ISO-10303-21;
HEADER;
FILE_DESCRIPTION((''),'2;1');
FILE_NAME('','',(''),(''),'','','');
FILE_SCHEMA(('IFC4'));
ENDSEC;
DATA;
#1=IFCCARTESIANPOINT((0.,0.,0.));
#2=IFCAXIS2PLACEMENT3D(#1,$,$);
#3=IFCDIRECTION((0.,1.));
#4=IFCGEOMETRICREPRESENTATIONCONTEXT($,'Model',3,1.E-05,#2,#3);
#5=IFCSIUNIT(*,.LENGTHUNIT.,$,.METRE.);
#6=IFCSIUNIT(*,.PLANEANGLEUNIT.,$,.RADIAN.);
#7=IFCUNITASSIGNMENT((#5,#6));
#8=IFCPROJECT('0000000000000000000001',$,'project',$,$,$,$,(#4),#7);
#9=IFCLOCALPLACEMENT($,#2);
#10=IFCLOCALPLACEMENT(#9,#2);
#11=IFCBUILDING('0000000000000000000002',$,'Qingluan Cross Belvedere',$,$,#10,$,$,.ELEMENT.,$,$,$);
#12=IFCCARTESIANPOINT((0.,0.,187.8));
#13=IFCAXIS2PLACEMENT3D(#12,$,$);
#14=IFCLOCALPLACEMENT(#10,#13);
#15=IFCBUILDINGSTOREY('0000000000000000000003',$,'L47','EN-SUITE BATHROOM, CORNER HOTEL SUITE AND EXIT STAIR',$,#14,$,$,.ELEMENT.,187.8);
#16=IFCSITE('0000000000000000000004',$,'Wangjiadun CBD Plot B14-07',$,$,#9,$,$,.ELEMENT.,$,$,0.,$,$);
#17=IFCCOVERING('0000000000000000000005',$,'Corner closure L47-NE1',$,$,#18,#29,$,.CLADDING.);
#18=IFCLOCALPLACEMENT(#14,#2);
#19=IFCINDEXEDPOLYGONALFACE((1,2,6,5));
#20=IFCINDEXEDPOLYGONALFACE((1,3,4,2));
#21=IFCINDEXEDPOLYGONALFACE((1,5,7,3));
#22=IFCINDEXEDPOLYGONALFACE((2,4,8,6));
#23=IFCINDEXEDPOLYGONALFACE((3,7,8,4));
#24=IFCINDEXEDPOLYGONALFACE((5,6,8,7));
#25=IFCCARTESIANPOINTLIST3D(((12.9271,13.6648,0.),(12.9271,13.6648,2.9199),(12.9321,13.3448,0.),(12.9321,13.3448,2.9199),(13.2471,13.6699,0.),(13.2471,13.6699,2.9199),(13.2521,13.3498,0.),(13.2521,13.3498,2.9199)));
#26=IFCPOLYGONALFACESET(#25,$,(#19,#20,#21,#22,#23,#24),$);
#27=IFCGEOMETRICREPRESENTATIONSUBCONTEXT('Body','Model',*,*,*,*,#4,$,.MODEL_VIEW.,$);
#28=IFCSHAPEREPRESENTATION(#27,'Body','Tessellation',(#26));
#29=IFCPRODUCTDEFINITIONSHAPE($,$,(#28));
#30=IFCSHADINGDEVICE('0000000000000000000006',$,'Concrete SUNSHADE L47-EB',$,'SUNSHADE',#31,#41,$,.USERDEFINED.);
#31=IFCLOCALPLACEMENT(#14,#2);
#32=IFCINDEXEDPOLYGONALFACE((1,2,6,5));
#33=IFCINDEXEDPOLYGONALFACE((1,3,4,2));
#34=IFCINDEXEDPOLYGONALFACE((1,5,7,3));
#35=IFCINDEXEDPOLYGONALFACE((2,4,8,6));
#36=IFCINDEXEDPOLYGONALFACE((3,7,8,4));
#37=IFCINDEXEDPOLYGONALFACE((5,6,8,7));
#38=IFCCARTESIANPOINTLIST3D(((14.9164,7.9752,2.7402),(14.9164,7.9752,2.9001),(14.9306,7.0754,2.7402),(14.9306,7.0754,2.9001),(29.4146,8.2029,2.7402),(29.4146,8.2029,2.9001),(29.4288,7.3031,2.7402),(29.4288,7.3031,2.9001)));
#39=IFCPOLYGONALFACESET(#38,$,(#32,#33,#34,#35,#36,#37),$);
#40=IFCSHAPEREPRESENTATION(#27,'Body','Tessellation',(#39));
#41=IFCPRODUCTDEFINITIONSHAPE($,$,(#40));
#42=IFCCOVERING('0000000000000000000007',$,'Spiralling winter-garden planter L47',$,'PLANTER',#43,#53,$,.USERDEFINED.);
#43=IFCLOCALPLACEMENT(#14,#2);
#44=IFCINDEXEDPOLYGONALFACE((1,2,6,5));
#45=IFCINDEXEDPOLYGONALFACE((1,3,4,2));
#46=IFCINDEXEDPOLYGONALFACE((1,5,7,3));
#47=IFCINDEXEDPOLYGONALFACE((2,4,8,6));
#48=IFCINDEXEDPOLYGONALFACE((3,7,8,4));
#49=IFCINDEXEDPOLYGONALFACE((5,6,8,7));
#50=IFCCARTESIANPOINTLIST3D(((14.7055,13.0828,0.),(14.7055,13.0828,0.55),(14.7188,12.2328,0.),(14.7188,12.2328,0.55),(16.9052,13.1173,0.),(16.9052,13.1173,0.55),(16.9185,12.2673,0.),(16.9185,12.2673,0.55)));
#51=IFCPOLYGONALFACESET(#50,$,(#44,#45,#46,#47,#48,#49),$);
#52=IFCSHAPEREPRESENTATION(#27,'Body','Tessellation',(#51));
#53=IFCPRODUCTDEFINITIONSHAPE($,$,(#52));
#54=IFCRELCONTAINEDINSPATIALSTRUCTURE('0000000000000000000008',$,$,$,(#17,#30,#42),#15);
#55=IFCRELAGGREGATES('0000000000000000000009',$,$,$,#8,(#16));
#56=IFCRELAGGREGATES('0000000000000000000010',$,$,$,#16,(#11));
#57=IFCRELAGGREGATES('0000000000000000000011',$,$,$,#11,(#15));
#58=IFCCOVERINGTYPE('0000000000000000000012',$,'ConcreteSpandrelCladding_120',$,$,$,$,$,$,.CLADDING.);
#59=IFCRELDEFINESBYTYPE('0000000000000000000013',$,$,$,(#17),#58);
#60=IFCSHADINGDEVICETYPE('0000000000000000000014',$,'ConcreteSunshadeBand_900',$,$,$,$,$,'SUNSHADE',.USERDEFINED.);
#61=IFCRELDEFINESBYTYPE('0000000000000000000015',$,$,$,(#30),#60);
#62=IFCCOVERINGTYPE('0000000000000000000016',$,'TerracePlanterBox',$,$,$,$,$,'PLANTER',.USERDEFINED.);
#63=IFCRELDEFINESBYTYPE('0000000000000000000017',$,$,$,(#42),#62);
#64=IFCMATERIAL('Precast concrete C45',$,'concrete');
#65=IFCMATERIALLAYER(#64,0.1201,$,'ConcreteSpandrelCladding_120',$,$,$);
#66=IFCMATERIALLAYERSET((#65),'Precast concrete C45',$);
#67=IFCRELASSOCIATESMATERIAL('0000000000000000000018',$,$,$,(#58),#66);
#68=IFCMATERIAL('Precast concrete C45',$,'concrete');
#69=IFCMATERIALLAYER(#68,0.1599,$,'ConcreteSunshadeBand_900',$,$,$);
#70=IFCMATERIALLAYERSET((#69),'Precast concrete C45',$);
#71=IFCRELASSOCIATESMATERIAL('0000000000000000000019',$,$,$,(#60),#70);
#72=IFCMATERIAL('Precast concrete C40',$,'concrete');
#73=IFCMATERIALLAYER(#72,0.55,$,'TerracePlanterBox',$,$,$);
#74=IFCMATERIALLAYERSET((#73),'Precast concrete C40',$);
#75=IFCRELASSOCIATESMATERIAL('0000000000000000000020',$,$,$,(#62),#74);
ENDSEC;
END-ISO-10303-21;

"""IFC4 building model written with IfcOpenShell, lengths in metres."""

from ifc_helpers import new_model, si_unit, direction, frame, origin, origin_2d, place, context, subcontext, project, spatial, rectangle, extrude, material, layer, layer_set, type_object, element, save


model = new_model("IFC4")

# Units and contexts
model_context = context("Model", 3, precision=1e-05, world=origin(), true_north=direction((0.0, 1.0)))
body_context = subcontext(model_context, "Body", "Model", "MODEL_VIEW")
ifc_project = project(units=[si_unit("LENGTHUNIT", "METRE"), si_unit("PLANEANGLEUNIT", "RADIAN")], contexts=[model_context])

# Site, building, storey
site_placement = place(None, origin())
site = spatial("IfcSite", under=ifc_project, at=site_placement, Name="Wangjiadun CBD Plot B14-07", CompositionType="ELEMENT", RefElevation=0.0)
building_placement = place(site_placement, origin())
building = spatial("IfcBuilding", under=site, at=building_placement, Name="Qingluan Cross Belvedere", CompositionType="ELEMENT")
storey_placement = place(building_placement, frame((0.0, 0.0, 187.8)))
storey = spatial("IfcBuildingStorey", under=building, at=storey_placement, Name="L47", Description="EN-SUITE BATHROOM, CORNER HOTEL SUITE AND EXIT STAIR", CompositionType="ELEMENT", Elevation=187.8)

# Covering
ifc_material_1 = material(Name="Precast concrete C45", Category="concrete")
ifc_layer_1 = layer(ifc_material_1, 0.1201, Name="ConcreteSpandrelCladding_120")
ifc_layer_set_1 = layer_set([ifc_layer_1], Name="Precast concrete C45")
covering_type_1 = type_object("IfcCoveringType", Name="ConcreteSpandrelCladding_120", PredefinedType="CLADDING", material=ifc_layer_set_1)
covering_1_placement = place(storey_placement, frame((13.0896, 13.5073, 0.0), z_axis=(0.0, 0.0, 1.0), x_axis=(0.999877, 0.015707, 0.0)))
element("IfcCovering", 1, at=covering_1_placement, inside=storey, type_object=covering_type_1, Name="Corner closure L47-NE1", PredefinedType="CLADDING", context=body_context, shape_type="SweptSolid", body=[
    extrude(rectangle(XDim=0.3201, YDim=0.3201, at=origin_2d()), origin(), (0.0, 0.0, 1.0), 2.9199),
])

# Shading device
ifc_material_2 = material(Name="Precast concrete C45", Category="concrete")
ifc_layer_2 = layer(ifc_material_2, 0.1599, Name="ConcreteSunshadeBand_900")
ifc_layer_set_2 = layer_set([ifc_layer_2], Name="Precast concrete C45")
shading_device_type = type_object("IfcShadingDeviceType", Name="ConcreteSunshadeBand_900", ElementType="SUNSHADE", PredefinedType="USERDEFINED", material=ifc_layer_set_2)
shading_device_placement = place(storey_placement, frame((22.1726, 7.6392, 2.7402), z_axis=(0.0, 0.0, 1.0), x_axis=(-0.999877, -0.015707, 0.0)))
element("IfcShadingDevice", 2, at=shading_device_placement, inside=storey, type_object=shading_device_type, Name="Concrete SUNSHADE L47-EB", ObjectType="SUNSHADE", PredefinedType="USERDEFINED", context=body_context, shape_type="SweptSolid", body=[
    extrude(rectangle(XDim=14.5, YDim=0.8999, at=origin_2d()), origin(), (0.0, 0.0, 1.0), 0.1599),
])

# Covering
ifc_material_3 = material(Name="Precast concrete C40", Category="concrete")
ifc_layer_3 = layer(ifc_material_3, 0.55, Name="TerracePlanterBox")
ifc_layer_set_3 = layer_set([ifc_layer_3], Name="Precast concrete C40")
covering_type_2 = type_object("IfcCoveringType", Name="TerracePlanterBox", ElementType="PLANTER", PredefinedType="USERDEFINED", material=ifc_layer_set_3)
covering_2_placement = place(storey_placement, frame((15.812, 12.675, 0.0), z_axis=(0.0, 0.0, 1.0), x_axis=(0.999877, 0.015707, 0.0)))
element("IfcCovering", 3, at=covering_2_placement, inside=storey, type_object=covering_type_2, Name="Spiralling winter-garden planter L47", ObjectType="PLANTER", PredefinedType="USERDEFINED", context=body_context, shape_type="SweptSolid", body=[
    extrude(rectangle(XDim=2.2, YDim=0.8501, at=origin_2d()), origin(), (0.0, 0.0, 1.0), 0.55),
])

save(model, "model.ifc")
